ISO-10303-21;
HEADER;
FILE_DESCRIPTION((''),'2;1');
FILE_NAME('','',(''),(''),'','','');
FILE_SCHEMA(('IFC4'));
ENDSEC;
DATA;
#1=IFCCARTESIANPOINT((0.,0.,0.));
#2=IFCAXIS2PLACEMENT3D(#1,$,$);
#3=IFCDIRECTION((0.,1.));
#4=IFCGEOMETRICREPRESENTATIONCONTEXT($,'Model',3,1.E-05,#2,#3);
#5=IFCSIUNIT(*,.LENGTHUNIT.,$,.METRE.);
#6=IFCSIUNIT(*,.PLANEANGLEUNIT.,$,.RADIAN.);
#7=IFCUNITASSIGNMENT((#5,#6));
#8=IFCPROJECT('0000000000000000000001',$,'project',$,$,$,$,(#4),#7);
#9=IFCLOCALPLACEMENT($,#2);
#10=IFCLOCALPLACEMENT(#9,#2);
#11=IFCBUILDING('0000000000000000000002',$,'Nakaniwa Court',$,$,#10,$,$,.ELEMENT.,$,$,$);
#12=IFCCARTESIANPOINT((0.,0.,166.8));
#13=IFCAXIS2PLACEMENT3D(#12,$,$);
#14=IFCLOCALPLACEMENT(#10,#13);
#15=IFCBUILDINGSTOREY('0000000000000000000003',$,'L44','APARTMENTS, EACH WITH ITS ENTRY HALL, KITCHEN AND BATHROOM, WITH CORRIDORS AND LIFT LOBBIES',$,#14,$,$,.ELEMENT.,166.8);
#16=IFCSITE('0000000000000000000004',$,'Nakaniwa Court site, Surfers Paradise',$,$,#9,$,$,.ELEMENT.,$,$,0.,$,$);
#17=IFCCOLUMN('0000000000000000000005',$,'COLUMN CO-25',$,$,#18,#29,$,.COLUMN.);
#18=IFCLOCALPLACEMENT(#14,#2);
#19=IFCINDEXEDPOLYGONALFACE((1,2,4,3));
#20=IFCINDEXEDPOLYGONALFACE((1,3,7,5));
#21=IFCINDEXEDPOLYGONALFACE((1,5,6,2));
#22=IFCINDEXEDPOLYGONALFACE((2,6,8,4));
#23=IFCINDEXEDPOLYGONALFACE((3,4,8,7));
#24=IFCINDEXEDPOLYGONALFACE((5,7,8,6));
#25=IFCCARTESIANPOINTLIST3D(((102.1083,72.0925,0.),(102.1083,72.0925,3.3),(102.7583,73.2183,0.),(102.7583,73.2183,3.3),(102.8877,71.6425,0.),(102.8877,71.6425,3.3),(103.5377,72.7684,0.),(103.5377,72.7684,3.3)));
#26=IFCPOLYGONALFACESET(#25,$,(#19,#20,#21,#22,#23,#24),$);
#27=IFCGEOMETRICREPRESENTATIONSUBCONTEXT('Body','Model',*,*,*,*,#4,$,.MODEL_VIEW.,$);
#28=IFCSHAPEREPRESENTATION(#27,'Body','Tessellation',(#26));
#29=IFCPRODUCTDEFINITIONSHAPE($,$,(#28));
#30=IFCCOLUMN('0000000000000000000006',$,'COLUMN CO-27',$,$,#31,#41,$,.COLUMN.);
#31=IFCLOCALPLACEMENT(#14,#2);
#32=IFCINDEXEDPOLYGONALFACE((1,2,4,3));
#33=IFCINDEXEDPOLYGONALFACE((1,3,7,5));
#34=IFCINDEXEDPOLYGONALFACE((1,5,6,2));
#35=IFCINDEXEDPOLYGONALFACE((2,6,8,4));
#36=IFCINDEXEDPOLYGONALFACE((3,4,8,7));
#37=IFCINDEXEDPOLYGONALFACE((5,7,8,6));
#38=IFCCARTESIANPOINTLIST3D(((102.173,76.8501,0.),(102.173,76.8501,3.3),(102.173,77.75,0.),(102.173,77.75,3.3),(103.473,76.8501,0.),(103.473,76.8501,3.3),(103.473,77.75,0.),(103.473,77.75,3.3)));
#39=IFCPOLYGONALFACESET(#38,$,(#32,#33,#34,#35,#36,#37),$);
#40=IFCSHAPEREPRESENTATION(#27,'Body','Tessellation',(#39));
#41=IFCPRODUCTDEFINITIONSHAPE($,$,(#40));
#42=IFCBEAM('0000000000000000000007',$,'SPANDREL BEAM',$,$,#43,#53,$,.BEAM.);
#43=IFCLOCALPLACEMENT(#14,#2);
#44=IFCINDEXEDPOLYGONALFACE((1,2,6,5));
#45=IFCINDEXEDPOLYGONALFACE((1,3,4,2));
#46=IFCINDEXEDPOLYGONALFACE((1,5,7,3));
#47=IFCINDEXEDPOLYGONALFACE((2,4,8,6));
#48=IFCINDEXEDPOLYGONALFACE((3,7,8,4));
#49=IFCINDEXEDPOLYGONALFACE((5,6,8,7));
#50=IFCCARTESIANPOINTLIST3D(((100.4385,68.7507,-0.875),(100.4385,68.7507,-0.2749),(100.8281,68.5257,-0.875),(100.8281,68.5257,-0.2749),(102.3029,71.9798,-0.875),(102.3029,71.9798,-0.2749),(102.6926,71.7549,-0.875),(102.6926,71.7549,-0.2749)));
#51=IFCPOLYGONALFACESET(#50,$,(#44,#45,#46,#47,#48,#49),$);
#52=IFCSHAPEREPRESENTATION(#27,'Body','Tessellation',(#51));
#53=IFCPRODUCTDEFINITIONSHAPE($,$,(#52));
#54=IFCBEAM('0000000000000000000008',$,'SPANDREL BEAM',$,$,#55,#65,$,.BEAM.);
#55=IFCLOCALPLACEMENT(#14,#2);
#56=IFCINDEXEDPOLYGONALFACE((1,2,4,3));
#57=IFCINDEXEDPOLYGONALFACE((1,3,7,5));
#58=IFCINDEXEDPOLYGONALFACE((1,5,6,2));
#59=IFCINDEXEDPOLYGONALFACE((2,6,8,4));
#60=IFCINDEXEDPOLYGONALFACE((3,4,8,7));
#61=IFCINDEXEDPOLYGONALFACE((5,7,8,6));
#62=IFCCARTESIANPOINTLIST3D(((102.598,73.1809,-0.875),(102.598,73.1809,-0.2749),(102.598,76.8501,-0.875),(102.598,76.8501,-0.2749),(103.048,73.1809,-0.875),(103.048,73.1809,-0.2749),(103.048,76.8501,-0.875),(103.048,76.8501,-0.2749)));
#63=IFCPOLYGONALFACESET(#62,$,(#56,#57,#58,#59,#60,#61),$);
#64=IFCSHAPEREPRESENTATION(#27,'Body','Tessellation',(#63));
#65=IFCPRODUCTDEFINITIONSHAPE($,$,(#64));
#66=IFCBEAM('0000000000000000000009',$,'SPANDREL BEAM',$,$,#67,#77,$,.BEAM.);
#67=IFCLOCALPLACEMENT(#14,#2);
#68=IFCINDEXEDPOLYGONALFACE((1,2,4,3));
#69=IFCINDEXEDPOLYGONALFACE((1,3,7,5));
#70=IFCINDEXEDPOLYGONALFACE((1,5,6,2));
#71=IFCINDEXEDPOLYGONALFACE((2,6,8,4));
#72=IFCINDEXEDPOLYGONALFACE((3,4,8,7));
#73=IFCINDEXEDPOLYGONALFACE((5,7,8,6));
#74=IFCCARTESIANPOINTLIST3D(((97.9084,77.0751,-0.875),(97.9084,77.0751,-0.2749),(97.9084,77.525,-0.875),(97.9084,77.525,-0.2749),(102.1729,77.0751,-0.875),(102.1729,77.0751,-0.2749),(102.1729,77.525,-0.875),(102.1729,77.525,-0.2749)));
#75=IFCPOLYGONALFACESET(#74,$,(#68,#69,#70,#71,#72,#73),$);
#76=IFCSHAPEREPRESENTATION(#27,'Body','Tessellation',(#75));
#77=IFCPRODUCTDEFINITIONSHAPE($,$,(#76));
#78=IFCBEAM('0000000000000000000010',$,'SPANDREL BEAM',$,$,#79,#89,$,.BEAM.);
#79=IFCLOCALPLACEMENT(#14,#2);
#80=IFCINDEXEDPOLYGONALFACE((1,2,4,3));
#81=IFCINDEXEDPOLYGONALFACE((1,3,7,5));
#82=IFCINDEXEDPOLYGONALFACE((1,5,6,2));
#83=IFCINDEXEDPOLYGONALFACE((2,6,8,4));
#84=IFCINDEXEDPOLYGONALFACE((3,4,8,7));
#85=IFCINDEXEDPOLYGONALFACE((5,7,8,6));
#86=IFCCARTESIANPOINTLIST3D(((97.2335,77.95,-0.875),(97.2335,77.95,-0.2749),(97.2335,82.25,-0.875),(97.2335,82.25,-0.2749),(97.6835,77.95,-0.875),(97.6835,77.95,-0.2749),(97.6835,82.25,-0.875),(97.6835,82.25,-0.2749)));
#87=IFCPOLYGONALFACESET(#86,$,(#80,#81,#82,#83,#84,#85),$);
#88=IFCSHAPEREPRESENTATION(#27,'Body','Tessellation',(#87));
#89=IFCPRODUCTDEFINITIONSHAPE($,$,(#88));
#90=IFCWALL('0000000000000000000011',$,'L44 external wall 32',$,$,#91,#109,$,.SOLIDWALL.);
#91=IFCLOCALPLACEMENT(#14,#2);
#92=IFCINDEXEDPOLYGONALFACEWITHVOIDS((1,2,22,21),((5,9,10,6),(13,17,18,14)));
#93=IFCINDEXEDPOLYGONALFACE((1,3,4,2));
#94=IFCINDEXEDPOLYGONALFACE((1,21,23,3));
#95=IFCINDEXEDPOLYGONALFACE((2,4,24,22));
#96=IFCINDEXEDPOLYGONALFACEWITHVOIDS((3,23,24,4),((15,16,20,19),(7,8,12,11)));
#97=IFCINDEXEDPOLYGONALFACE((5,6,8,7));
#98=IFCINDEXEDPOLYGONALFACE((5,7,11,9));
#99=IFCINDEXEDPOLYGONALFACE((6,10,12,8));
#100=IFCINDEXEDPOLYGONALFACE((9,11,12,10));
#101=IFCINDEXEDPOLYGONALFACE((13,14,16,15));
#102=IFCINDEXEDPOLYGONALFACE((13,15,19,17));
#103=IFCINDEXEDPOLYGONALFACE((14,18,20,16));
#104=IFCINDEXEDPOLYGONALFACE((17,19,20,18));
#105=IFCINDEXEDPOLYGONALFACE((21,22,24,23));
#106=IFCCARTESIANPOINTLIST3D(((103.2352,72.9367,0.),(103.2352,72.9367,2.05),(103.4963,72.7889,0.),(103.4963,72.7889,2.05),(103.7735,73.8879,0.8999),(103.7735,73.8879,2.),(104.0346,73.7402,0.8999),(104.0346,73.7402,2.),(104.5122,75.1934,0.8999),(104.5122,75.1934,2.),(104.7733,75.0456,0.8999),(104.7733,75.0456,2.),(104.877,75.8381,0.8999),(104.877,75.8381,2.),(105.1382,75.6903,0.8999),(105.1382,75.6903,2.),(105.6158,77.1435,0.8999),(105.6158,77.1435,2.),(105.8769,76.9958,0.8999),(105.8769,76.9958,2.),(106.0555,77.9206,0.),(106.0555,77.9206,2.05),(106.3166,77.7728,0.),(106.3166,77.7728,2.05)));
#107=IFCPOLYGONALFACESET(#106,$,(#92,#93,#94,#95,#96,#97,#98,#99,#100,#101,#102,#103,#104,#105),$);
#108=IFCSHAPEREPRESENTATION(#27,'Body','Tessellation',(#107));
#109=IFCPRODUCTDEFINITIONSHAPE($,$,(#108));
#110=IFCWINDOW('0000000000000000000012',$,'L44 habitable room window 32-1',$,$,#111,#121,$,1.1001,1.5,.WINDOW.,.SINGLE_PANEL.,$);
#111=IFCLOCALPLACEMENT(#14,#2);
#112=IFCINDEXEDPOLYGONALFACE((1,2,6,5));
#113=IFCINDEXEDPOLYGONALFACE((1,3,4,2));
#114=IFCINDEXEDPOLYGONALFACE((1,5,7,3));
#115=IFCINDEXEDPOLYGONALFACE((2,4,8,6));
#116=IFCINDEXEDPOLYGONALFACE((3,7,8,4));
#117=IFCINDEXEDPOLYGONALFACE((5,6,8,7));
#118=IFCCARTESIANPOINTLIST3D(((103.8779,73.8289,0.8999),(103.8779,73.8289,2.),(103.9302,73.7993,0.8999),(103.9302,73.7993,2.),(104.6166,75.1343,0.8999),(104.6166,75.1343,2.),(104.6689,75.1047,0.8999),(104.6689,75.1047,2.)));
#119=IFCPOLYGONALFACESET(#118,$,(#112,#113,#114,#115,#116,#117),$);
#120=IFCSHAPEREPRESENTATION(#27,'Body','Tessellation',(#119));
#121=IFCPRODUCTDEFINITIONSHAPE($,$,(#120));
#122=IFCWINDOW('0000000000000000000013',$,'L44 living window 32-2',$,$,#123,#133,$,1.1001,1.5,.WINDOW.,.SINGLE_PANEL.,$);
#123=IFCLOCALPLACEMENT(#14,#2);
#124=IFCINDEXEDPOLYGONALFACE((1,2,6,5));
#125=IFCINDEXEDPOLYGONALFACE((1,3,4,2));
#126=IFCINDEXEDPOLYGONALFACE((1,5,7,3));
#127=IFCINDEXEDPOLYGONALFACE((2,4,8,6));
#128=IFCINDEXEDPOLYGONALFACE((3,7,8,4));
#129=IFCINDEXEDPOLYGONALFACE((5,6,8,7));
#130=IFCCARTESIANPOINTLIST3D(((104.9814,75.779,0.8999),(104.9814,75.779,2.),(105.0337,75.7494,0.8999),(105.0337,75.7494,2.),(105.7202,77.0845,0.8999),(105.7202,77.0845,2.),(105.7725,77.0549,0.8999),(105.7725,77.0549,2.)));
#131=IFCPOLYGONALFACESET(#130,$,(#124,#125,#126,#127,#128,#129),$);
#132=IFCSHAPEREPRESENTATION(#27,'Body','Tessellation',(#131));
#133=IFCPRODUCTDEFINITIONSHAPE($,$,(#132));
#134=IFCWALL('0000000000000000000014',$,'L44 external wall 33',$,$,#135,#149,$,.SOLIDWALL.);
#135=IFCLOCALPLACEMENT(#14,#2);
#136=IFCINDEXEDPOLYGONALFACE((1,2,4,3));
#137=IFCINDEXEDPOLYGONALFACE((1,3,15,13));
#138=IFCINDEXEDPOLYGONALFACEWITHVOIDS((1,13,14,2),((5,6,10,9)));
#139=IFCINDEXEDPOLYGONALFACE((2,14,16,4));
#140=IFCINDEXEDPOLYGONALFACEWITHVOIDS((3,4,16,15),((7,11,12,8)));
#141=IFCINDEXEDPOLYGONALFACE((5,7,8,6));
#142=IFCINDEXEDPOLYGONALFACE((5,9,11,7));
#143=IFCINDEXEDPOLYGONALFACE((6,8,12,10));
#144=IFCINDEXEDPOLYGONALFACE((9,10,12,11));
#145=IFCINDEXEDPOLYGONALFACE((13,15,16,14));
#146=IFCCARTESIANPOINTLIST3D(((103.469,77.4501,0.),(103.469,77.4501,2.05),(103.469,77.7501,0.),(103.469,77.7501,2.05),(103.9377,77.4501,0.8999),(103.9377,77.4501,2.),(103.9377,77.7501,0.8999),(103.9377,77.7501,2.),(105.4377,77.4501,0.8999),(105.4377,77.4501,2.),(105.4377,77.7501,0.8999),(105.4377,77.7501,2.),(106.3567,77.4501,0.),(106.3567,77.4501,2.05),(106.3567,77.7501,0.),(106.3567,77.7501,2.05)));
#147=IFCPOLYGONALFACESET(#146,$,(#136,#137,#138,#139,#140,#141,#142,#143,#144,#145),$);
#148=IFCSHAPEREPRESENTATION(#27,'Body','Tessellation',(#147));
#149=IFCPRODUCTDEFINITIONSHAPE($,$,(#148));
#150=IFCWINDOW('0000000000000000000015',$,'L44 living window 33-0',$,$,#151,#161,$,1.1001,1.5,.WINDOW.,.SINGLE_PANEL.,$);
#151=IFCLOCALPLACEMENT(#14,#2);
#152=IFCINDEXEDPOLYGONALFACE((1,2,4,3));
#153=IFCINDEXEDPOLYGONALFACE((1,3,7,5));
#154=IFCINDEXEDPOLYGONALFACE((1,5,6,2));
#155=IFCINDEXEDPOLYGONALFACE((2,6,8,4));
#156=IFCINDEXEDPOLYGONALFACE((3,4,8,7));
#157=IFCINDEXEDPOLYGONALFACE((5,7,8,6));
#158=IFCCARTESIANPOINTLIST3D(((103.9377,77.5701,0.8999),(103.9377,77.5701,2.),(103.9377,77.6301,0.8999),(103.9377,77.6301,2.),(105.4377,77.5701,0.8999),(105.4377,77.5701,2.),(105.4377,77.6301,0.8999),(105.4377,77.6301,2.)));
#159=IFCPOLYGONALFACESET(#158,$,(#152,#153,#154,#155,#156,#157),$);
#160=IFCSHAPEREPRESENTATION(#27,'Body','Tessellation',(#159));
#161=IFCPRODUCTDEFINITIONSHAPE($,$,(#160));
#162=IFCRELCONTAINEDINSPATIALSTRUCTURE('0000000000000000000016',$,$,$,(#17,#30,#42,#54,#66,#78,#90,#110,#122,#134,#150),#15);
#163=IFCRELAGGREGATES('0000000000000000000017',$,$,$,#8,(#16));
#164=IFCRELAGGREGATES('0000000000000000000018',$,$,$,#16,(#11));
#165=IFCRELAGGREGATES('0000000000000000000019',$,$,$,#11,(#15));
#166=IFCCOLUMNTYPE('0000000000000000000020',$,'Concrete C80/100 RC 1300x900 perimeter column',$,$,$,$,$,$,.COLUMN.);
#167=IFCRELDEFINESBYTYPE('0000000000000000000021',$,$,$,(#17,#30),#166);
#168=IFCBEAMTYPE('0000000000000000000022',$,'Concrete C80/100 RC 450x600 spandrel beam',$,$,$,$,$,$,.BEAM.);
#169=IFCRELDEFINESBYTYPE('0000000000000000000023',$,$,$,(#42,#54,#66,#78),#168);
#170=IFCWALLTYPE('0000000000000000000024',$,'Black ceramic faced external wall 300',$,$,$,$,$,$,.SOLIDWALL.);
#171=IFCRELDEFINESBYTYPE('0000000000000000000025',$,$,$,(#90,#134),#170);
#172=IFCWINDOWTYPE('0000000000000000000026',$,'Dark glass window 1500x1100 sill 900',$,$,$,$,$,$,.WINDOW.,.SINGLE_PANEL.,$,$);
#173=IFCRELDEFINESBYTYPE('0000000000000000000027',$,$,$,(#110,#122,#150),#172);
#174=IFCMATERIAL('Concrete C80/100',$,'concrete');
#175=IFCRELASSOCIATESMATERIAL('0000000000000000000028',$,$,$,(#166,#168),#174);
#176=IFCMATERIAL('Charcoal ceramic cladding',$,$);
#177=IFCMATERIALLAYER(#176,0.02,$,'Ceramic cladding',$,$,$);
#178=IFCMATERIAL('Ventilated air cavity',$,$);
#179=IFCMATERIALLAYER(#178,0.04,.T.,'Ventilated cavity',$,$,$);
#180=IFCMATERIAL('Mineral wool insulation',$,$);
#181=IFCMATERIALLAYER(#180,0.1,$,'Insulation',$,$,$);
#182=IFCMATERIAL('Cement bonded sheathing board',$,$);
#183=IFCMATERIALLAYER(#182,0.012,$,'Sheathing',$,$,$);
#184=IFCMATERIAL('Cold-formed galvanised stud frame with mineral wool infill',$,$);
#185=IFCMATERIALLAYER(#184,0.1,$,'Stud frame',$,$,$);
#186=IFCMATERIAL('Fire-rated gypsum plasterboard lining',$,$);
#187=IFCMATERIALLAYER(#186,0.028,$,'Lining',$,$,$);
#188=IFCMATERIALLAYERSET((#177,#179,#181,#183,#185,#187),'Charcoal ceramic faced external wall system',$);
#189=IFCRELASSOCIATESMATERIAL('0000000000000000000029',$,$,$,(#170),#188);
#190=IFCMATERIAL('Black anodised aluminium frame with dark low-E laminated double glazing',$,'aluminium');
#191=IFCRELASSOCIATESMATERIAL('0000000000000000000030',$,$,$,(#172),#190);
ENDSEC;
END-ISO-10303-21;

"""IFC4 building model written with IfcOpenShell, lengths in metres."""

from ifc_helpers import new_model, si_unit, direction, frame, frame_2d, origin, origin_2d, place, context, subcontext, project, spatial, rectangle, extrude, material, layer, layer_set, material_profile, profile_set, type_object, element, fill, save


model = new_model("IFC4")

# Units and contexts
model_context = context("Model", 3, precision=1e-05, world=origin(), true_north=direction((0.0, 1.0)))
body_context = subcontext(model_context, "Body", "Model", "MODEL_VIEW")
ifc_project = project(units=[si_unit("LENGTHUNIT", "METRE"), si_unit("PLANEANGLEUNIT", "RADIAN")], contexts=[model_context])

# Site, building, storey
site_placement = place(None, origin())
site = spatial("IfcSite", under=ifc_project, at=site_placement, Name="Nakaniwa Court site, Surfers Paradise", CompositionType="ELEMENT", RefElevation=0.0)
building_placement = place(site_placement, origin())
building = spatial("IfcBuilding", under=site, at=building_placement, Name="Nakaniwa Court", CompositionType="ELEMENT")
storey_placement = place(building_placement, frame((0.0, 0.0, 166.8)))
storey = spatial("IfcBuildingStorey", under=building, at=storey_placement, Name="L44", Description="APARTMENTS, EACH WITH ITS ENTRY HALL, KITCHEN AND BATHROOM, WITH CORRIDORS AND LIFT LOBBIES", CompositionType="ELEMENT", Elevation=166.8)

# Columns
ifc_material_1 = material(Name="Concrete C80/100", Category="concrete")
ifc_material_profile_1 = material_profile(ifc_material_1, rectangle(XDim=1.3, YDim=0.8999, at=origin_2d()), Name="Concrete C80/100 RC 1300x900 perimeter column")
ifc_profile_set_1 = profile_set([ifc_material_profile_1], Name="Concrete C80/100")
column_type = type_object("IfcColumnType", Name="Concrete C80/100 RC 1300x900 perimeter column", PredefinedType="COLUMN", material=ifc_profile_set_1)
for number, where, z_axis, x_axis, name in (
    (1, (102.823, 72.4304, 0.0), (0.0, 0.0, 1.0), (0.5, 0.866025, 0.0), "COLUMN CO-25"),
    (2, (102.823, 77.3, 0.0), (0.0, 0.0, 1.0), (-1.0, 0.0, 0.0), "COLUMN CO-27"),
):
    element("IfcColumn", number, at=place(storey_placement, frame(where, z_axis=z_axis, x_axis=x_axis)), inside=storey, type_object=column_type, Name=name, PredefinedType="COLUMN", context=body_context, shape_type="SweptSolid", body=[
        extrude(rectangle(XDim=1.3, YDim=0.8999, at=origin_2d()), origin(), (0.0, 0.0, 1.0), 3.3),
    ])

# Beams
ifc_material_profile_2 = material_profile(ifc_material_1, rectangle(XDim=0.45, YDim=0.6001, at=origin_2d()), Name="Concrete C80/100 RC 450x600 spandrel beam")
ifc_profile_set_2 = profile_set([ifc_material_profile_2], Name="Concrete C80/100")
beam_type = type_object("IfcBeamType", Name="Concrete C80/100 RC 450x600 spandrel beam", PredefinedType="BEAM", material=ifc_profile_set_2)
beam_1_placement = place(storey_placement, frame((100.6333, 68.6382, -0.575), z_axis=(0.500019, 0.866014, 0.0), x_axis=(-0.866014, 0.500019, 0.0)))
element("IfcBeam", 3, at=beam_1_placement, inside=storey, type_object=beam_type, Name="SPANDREL BEAM", PredefinedType="BEAM", context=body_context, shape_type="SweptSolid", body=[
    extrude(rectangle(XDim=0.45, YDim=0.6001, at=origin_2d()), origin(), (0.0, 0.0, 1.0), 3.7288),
])
beam_2_placement = place(storey_placement, frame((102.823, 73.1809, -0.575), z_axis=(0.0, 1.0, 0.0), x_axis=(-1.0, 0.0, 0.0)))
element("IfcBeam", 4, at=beam_2_placement, inside=storey, type_object=beam_type, Name="SPANDREL BEAM", PredefinedType="BEAM", context=body_context, shape_type="SweptSolid", body=[
    extrude(rectangle(XDim=0.45, YDim=0.6001, at=origin_2d()), origin(), (0.0, 0.0, 1.0), 3.6692),
])
beam_3_placement = place(storey_placement, frame((102.1729, 77.3, -0.575), z_axis=(-1.0, 0.0, 0.0), x_axis=(0.0, -1.0, 0.0)))
element("IfcBeam", 5, at=beam_3_placement, inside=storey, type_object=beam_type, Name="SPANDREL BEAM", PredefinedType="BEAM", context=body_context, shape_type="SweptSolid", body=[
    extrude(rectangle(XDim=0.45, YDim=0.6001, at=origin_2d()), origin(), (0.0, 0.0, 1.0), 4.2644),
])
beam_4_placement = place(storey_placement, frame((97.4585, 77.95, -0.575), z_axis=(0.0, 1.0, 0.0), x_axis=(-1.0, 0.0, 0.0)))
element("IfcBeam", 6, at=beam_4_placement, inside=storey, type_object=beam_type, Name="SPANDREL BEAM", PredefinedType="BEAM", context=body_context, shape_type="SweptSolid", body=[
    extrude(rectangle(XDim=0.45, YDim=0.6001, at=origin_2d()), origin(), (0.0, 0.0, 1.0), 4.3),
])

# Wall, openings, windows
ifc_material_2 = material(Name="Charcoal ceramic cladding")
ifc_layer_1 = layer(ifc_material_2, 0.02, Name="Ceramic cladding")
ifc_material_3 = material(Name="Ventilated air cavity")
ifc_layer_2 = layer(ifc_material_3, 0.04, ventilated=True, Name="Ventilated cavity")
ifc_material_4 = material(Name="Mineral wool insulation")
ifc_layer_3 = layer(ifc_material_4, 0.1, Name="Insulation")
ifc_material_5 = material(Name="Cement bonded sheathing board")
ifc_layer_4 = layer(ifc_material_5, 0.012, Name="Sheathing")
ifc_material_6 = material(Name="Cold-formed galvanised stud frame with mineral wool infill")
ifc_layer_5 = layer(ifc_material_6, 0.1, Name="Stud frame")
ifc_material_7 = material(Name="Fire-rated gypsum plasterboard lining")
ifc_layer_6 = layer(ifc_material_7, 0.028, Name="Lining")
ifc_layer_set = layer_set([ifc_layer_1, ifc_layer_2, ifc_layer_3, ifc_layer_4, ifc_layer_5, ifc_layer_6], Name="Charcoal ceramic faced external wall system")
wall_type = type_object("IfcWallType", Name="Black ceramic faced external wall 300", PredefinedType="SOLIDWALL", material=ifc_layer_set)
wall_1_placement = place(storey_placement, frame((103.3657, 72.8628, 0.0), z_axis=(0.0, 0.0, 1.0), x_axis=(0.492498, 0.870313, 0.0)))
wall_1 = element("IfcWall", 7, at=wall_1_placement, inside=storey, type_object=wall_type, Name="L44 external wall 32", PredefinedType="SOLIDWALL", context=body_context, shape_type="SweptSolid", body=[
    extrude(rectangle(XDim=5.7266, YDim=0.3, at=frame_2d((2.8633, 0.0))), origin(), (0.0, 0.0, 1.0), 2.05),
])
opening_1_placement = place(wall_1_placement, frame((1.093, 0.0, 0.8999)))
opening_1 = element("IfcOpeningElement", 8, at=opening_1_placement, cuts=wall_1, PredefinedType="OPENING", context=body_context, shape_type="SweptSolid", body=[
    extrude(rectangle(XDim=1.5, YDim=1.1001, at=frame_2d((0.75, 0.55))), frame((0.0, 0.1599, 0.0), z_axis=(0.0, -1.0, 0.0), x_axis=(1.0, 0.0, 0.0)), (0.0, 0.0, 1.0), 0.3201),
])
opening_2_placement = place(wall_1_placement, frame((3.3337, 0.0, 0.8999)))
opening_2 = element("IfcOpeningElement", 9, at=opening_2_placement, cuts=wall_1, PredefinedType="OPENING", context=body_context, shape_type="SweptSolid", body=[
    extrude(rectangle(XDim=1.5, YDim=1.1001, at=frame_2d((0.75, 0.55))), frame((0.0, 0.1599, 0.0), z_axis=(0.0, -1.0, 0.0), x_axis=(1.0, 0.0, 0.0)), (0.0, 0.0, 1.0), 0.3201),
])
ifc_material_8 = material(Name="Black anodised aluminium frame with dark low-E laminated double glazing", Category="aluminium")
window_type_1 = type_object("IfcWindowType", Name="Dark glass window 1500x1100 sill 900", PartitioningType="SINGLE_PANEL", PredefinedType="WINDOW", material=ifc_material_8)
window_1_placement = place(opening_1_placement, origin())
window_1 = element("IfcWindow", 10, at=window_1_placement, inside=storey, type_object=window_type_1, Name="L44 habitable room window 32-1", OverallHeight=1.1001, OverallWidth=1.5, PartitioningType="SINGLE_PANEL", PredefinedType="WINDOW", context=body_context, shape_type="SweptSolid", body=[
    extrude(rectangle(XDim=1.5, YDim=1.1001, at=frame_2d((0.75, 0.55))), frame((0.0, 0.03, 0.0), z_axis=(0.0, -1.0, 0.0), x_axis=(1.0, 0.0, 0.0)), (0.0, 0.0, 1.0), 0.0601),
])
fill(opening_1, window_1)
window_2_placement = place(opening_2_placement, origin())
window_2 = element("IfcWindow", 11, at=window_2_placement, inside=storey, type_object=window_type_1, Name="L44 living window 32-2", OverallHeight=1.1001, OverallWidth=1.5, PartitioningType="SINGLE_PANEL", PredefinedType="WINDOW", context=body_context, shape_type="SweptSolid", body=[
    extrude(rectangle(XDim=1.5, YDim=1.1001, at=frame_2d((0.75, 0.55))), frame((0.0, 0.03, 0.0), z_axis=(0.0, -1.0, 0.0), x_axis=(1.0, 0.0, 0.0)), (0.0, 0.0, 1.0), 0.0601),
])
fill(opening_2, window_2)

# Wall, opening, window
wall_2_placement = place(storey_placement, frame((106.3567, 77.6001, 0.0), z_axis=(0.0, 0.0, 1.0), x_axis=(-1.0, 0.0, 0.0)))
wall_2 = element("IfcWall", 12, at=wall_2_placement, inside=storey, type_object=wall_type, Name="L44 external wall 33", PredefinedType="SOLIDWALL", context=body_context, shape_type="SweptSolid", body=[
    extrude(rectangle(XDim=2.8877, YDim=0.3, at=frame_2d((1.4438, 0.0))), origin(), (0.0, 0.0, 1.0), 2.05),
])
opening_3_placement = place(wall_2_placement, frame((0.9189, 0.0, 0.8999)))
opening_3 = element("IfcOpeningElement", 13, at=opening_3_placement, cuts=wall_2, PredefinedType="OPENING", context=body_context, shape_type="SweptSolid", body=[
    extrude(rectangle(XDim=1.5, YDim=1.1001, at=frame_2d((0.75, 0.55))), frame((0.0, 0.1599, 0.0), z_axis=(0.0, -1.0, 0.0), x_axis=(1.0, 0.0, 0.0)), (0.0, 0.0, 1.0), 0.3201),
])
window_3_placement = place(opening_3_placement, origin())
window_3 = element("IfcWindow", 14, at=window_3_placement, inside=storey, type_object=window_type_1, Name="L44 living window 33-0", OverallHeight=1.1001, OverallWidth=1.5, PartitioningType="SINGLE_PANEL", PredefinedType="WINDOW", context=body_context, shape_type="SweptSolid", body=[
    extrude(rectangle(XDim=1.5, YDim=1.1001, at=frame_2d((0.75, 0.55))), frame((0.0, 0.03, 0.0), z_axis=(0.0, -1.0, 0.0), x_axis=(1.0, 0.0, 0.0)), (0.0, 0.0, 1.0), 0.0601),
])
fill(opening_3, window_3)

save(model, "model.ifc")
